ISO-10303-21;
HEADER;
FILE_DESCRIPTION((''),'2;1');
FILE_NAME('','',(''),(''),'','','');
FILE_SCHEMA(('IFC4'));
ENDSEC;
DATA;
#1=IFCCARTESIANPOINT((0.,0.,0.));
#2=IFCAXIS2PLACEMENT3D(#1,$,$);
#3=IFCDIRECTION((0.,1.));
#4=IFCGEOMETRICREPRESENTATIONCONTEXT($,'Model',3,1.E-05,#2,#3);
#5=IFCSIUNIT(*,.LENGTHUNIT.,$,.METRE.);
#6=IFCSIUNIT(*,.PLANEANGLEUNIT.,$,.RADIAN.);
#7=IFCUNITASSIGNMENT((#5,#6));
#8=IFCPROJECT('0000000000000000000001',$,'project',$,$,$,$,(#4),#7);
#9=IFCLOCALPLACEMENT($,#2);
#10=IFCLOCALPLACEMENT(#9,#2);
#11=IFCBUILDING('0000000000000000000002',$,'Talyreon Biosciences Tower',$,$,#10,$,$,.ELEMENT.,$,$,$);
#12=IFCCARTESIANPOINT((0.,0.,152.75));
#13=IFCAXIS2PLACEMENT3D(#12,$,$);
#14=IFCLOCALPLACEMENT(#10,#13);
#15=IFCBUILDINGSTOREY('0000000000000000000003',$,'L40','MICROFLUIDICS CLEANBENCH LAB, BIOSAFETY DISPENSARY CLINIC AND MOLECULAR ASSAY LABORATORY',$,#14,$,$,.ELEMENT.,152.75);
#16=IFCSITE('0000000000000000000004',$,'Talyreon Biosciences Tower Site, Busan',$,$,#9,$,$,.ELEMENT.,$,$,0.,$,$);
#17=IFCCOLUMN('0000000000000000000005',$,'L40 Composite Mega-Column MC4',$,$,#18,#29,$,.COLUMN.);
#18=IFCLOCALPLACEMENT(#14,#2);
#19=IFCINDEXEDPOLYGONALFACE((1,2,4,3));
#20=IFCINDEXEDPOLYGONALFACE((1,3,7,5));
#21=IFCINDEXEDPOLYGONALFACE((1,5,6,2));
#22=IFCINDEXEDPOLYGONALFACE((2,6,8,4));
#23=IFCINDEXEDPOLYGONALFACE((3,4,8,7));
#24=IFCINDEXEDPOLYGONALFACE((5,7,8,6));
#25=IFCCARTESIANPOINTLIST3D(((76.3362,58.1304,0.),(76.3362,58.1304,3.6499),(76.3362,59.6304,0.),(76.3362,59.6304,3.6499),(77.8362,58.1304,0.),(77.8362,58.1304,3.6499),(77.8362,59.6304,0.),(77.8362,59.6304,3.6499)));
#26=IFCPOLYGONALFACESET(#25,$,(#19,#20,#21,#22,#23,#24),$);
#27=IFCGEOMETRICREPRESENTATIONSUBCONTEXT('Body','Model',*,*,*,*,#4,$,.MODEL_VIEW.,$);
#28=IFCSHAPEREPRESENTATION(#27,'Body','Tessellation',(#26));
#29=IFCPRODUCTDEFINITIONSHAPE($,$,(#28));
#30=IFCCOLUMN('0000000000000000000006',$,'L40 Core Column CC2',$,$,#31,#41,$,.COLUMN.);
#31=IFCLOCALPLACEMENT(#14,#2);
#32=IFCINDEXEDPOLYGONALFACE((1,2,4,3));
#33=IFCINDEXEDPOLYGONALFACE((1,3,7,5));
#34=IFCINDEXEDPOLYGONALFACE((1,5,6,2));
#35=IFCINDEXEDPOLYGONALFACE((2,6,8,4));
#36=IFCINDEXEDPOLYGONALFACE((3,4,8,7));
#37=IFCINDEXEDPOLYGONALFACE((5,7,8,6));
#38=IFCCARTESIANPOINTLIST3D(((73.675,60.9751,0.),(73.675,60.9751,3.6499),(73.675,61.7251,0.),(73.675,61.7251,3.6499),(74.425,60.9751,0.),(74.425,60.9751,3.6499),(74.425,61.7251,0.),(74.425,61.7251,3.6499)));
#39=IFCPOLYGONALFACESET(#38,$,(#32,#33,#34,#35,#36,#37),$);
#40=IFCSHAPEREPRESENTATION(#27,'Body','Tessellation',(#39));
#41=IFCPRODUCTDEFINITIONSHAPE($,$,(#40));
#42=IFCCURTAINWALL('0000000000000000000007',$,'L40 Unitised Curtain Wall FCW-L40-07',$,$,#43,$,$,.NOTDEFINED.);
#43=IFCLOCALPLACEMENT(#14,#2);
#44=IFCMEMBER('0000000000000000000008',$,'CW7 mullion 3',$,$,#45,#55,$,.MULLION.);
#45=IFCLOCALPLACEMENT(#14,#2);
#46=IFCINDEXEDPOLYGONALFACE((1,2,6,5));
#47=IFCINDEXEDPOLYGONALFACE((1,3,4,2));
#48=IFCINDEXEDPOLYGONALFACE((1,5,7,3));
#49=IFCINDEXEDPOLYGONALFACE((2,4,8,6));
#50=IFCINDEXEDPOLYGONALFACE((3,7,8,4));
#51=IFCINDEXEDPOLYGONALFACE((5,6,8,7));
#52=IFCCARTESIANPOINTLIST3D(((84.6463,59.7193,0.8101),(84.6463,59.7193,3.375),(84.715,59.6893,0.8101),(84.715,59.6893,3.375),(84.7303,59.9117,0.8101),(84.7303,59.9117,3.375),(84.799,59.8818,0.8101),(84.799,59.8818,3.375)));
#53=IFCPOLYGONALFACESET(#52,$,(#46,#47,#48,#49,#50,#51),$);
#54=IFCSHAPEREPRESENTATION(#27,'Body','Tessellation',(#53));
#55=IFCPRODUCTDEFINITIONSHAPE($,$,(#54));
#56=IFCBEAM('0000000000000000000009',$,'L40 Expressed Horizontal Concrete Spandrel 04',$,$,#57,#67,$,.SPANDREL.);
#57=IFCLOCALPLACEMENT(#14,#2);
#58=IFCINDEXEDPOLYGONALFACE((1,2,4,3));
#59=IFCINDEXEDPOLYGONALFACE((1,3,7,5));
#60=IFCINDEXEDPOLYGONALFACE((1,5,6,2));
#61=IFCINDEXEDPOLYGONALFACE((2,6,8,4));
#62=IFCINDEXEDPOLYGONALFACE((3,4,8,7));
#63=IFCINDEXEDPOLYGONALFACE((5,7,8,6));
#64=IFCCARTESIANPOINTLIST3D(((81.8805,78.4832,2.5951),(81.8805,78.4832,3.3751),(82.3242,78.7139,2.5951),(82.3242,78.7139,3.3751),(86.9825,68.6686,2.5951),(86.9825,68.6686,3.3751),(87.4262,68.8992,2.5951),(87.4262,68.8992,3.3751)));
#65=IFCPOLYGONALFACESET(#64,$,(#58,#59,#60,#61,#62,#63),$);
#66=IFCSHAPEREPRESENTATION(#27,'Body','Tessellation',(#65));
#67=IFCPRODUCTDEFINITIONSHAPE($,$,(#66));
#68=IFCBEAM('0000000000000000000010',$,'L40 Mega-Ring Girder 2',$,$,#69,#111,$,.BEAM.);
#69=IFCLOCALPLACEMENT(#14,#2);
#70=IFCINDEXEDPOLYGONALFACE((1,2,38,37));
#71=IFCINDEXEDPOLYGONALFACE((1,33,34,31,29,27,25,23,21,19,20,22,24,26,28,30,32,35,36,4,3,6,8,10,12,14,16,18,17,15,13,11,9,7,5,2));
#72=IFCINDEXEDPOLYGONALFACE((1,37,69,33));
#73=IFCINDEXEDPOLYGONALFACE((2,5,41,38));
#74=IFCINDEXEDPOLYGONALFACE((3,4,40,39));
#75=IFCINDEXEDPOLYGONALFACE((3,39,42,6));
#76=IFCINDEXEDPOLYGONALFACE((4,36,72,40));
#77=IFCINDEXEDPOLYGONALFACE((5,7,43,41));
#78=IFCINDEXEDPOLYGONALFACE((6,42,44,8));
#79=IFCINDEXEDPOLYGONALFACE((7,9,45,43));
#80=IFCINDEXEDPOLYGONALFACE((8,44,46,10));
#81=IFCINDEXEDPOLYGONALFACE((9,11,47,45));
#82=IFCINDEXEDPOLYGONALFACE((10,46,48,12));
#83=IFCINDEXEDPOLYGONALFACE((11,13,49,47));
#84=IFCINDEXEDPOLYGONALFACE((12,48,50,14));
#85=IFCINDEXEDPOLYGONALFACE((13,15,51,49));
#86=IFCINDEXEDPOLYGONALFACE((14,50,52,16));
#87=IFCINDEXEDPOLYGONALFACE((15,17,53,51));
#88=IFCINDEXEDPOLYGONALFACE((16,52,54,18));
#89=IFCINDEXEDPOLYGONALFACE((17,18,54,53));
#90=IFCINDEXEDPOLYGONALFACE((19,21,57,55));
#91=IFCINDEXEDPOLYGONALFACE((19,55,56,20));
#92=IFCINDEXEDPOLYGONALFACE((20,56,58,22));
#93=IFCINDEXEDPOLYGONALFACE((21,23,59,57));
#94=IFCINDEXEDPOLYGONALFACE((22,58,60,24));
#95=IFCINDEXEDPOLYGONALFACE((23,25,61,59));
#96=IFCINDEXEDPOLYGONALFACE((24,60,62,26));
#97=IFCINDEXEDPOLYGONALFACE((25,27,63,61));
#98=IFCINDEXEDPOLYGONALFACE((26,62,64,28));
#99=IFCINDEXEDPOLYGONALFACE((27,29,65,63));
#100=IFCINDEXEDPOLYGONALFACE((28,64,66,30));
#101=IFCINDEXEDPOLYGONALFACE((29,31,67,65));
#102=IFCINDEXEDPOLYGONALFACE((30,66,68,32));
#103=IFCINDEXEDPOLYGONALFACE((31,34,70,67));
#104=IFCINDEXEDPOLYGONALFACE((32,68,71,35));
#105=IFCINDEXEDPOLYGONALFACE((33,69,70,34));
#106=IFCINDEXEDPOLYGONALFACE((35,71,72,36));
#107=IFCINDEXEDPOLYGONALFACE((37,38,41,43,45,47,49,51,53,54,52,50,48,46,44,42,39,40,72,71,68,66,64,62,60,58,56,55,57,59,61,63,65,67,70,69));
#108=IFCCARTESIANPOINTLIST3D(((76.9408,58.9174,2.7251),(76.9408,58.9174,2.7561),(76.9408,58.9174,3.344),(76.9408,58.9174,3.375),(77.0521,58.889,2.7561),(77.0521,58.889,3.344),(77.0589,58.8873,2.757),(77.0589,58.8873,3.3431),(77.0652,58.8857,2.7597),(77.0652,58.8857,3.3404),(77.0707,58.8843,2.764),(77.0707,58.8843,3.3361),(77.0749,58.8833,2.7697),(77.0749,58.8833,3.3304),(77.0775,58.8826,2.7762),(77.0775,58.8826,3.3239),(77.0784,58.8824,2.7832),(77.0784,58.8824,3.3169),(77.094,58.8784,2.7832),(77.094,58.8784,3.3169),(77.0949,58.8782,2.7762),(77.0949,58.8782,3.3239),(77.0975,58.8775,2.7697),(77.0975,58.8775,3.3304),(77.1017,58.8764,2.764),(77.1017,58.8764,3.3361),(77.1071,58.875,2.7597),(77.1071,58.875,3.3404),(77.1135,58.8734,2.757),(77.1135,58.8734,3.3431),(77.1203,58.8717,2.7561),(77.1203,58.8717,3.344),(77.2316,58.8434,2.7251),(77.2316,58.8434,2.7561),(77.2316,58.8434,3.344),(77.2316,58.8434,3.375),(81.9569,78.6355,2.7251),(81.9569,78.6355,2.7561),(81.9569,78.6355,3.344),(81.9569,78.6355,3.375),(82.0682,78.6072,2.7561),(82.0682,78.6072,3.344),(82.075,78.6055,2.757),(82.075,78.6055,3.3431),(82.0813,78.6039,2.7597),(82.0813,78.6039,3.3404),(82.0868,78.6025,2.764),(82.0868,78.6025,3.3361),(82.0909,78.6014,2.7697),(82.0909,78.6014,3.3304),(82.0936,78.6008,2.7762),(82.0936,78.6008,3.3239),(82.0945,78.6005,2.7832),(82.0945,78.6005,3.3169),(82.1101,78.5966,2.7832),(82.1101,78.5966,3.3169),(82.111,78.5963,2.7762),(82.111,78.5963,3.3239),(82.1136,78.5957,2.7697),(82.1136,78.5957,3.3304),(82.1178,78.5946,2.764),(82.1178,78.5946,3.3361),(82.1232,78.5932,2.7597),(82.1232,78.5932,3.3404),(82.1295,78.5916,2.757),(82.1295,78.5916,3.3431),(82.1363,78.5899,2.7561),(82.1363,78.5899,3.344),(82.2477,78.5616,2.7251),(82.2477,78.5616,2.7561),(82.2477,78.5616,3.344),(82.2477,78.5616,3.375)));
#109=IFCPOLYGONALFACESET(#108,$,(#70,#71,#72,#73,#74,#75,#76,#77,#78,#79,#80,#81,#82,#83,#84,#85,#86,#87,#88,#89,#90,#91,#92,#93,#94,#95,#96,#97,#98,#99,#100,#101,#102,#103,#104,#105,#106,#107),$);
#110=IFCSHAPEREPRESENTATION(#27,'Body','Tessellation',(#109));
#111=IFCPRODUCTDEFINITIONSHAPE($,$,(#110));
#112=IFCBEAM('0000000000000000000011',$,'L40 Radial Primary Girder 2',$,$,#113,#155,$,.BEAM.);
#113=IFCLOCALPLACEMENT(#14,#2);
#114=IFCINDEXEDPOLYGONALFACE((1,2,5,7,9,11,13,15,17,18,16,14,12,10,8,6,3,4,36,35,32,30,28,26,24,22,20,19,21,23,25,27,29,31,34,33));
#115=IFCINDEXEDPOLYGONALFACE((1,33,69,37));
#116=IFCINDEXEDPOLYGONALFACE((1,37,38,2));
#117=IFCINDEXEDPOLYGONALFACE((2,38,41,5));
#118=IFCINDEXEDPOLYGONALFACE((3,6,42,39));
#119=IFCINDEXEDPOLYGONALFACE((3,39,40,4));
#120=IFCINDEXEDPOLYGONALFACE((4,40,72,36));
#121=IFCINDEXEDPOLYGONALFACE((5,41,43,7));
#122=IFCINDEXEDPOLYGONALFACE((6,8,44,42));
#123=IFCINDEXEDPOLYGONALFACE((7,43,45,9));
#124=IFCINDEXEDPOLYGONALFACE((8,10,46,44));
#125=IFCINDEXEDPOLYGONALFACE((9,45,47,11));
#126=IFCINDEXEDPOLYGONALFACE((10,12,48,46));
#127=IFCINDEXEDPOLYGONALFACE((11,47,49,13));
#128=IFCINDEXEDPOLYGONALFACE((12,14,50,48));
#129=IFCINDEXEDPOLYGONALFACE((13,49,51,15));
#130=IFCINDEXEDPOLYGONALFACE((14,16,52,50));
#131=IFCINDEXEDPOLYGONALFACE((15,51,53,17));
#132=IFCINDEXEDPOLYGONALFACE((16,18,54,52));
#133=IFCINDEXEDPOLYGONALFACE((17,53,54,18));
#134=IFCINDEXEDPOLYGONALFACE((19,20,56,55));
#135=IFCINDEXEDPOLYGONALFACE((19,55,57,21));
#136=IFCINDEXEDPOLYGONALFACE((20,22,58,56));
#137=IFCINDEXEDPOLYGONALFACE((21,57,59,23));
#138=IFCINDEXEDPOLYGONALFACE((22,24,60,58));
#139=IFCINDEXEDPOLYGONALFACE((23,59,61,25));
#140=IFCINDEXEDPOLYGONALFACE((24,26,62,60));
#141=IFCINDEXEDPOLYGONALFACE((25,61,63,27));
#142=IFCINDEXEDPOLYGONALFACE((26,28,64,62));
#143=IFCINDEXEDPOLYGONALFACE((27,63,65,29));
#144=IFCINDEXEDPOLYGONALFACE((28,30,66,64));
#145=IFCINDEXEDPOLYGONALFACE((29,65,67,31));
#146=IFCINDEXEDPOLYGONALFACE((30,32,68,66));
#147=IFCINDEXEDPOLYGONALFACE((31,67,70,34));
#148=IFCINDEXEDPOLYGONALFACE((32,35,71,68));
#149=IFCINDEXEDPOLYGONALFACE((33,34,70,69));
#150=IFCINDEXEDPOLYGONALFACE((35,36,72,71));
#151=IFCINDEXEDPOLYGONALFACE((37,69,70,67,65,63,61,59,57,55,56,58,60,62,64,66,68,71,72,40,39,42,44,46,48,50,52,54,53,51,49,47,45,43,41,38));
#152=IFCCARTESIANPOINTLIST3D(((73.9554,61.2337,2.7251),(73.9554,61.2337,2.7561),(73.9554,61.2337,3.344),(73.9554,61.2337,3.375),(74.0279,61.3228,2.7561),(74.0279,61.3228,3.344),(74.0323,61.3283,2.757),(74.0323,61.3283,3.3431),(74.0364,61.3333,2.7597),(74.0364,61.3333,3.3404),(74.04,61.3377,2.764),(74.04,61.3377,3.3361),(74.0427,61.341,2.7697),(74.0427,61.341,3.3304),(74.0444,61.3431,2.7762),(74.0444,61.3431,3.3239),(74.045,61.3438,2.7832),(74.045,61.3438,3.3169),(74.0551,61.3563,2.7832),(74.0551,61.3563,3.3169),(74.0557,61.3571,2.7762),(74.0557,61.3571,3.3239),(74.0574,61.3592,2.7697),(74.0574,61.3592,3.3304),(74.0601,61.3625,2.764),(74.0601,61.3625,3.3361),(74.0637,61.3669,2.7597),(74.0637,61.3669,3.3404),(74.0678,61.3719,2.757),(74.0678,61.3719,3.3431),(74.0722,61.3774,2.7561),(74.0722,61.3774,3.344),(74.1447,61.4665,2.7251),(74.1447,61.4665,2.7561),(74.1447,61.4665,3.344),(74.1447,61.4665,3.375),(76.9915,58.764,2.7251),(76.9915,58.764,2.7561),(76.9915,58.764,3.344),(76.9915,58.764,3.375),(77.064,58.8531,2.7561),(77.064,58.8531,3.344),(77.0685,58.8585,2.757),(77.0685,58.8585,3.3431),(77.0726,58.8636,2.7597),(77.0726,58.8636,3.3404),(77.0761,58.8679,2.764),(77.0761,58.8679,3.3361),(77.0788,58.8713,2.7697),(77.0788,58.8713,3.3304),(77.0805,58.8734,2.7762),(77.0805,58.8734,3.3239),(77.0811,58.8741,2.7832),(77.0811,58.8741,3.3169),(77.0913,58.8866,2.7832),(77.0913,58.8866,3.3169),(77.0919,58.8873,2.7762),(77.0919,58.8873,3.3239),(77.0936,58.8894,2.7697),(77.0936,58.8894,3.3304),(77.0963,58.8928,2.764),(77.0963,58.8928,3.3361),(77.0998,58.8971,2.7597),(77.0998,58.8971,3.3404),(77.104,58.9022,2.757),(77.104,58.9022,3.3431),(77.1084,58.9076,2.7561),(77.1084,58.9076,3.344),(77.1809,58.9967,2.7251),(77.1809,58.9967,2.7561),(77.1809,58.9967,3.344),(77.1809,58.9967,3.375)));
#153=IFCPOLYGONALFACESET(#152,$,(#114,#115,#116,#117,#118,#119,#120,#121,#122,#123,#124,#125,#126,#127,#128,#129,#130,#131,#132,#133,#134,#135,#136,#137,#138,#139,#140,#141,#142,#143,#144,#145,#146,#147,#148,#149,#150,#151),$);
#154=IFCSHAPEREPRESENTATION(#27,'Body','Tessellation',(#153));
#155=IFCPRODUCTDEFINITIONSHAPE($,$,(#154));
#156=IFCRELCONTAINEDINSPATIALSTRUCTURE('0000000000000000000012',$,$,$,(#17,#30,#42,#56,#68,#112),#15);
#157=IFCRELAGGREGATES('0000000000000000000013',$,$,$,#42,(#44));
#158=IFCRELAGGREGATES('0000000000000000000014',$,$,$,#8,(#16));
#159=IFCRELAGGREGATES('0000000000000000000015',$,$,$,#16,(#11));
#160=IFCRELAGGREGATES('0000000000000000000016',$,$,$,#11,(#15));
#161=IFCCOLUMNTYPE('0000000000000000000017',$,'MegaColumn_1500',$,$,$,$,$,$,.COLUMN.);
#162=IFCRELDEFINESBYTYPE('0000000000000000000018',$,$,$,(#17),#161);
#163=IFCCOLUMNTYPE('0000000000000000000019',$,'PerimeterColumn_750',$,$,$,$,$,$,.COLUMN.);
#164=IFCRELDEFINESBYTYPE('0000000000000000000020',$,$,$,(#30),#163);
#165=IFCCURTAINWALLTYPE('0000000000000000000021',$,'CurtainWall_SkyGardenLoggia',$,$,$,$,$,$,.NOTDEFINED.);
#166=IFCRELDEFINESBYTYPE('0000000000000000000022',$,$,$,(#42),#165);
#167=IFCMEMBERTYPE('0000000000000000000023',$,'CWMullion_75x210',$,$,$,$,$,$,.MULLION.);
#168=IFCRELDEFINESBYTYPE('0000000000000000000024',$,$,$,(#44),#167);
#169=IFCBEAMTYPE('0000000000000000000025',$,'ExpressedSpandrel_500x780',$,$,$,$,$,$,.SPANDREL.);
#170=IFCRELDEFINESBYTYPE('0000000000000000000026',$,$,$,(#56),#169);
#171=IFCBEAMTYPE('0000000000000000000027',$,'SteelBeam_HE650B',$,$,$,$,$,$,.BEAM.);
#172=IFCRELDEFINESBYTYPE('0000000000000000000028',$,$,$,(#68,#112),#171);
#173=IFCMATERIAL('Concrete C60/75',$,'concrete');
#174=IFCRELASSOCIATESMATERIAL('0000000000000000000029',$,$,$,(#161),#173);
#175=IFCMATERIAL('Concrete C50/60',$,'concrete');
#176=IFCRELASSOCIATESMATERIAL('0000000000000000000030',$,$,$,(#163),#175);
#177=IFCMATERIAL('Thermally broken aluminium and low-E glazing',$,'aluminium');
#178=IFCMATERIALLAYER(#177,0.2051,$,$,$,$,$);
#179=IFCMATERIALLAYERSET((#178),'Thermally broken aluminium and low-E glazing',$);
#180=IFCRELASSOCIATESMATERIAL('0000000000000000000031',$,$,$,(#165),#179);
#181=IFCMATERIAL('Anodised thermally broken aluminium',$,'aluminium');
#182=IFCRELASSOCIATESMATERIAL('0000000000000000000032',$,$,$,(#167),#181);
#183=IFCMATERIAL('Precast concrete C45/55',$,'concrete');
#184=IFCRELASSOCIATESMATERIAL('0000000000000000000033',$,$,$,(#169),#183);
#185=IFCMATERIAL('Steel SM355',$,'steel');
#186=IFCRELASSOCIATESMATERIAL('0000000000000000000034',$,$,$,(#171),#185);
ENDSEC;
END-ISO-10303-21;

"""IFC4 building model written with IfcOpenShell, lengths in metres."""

from ifc_helpers import new_model, si_unit, direction, frame, origin, origin_2d, place, context, subcontext, project, spatial, rectangle, i_section, extrude, material, layer, layer_set, material_profile, profile_set, type_object, element, aggregate, save


model = new_model("IFC4")

# Units and contexts
model_context = context("Model", 3, precision=1e-05, world=origin(), true_north=direction((0.0, 1.0)))
body_context = subcontext(model_context, "Body", "Model", "MODEL_VIEW")
ifc_project = project(units=[si_unit("LENGTHUNIT", "METRE"), si_unit("PLANEANGLEUNIT", "RADIAN")], contexts=[model_context])

# Site, building, storey
site_placement = place(None, origin())
site = spatial("IfcSite", under=ifc_project, at=site_placement, Name="Talyreon Biosciences Tower Site, Busan", CompositionType="ELEMENT", RefElevation=0.0)
building_placement = place(site_placement, origin())
building = spatial("IfcBuilding", under=site, at=building_placement, Name="Talyreon Biosciences Tower", CompositionType="ELEMENT")
storey_placement = place(building_placement, frame((0.0, 0.0, 152.75)))
storey = spatial("IfcBuildingStorey", under=building, at=storey_placement, Name="L40", Description="MICROFLUIDICS CLEANBENCH LAB, BIOSAFETY DISPENSARY CLINIC AND MOLECULAR ASSAY LABORATORY", CompositionType="ELEMENT", Elevation=152.75)

# Columns
ifc_material_1 = material(Name="Concrete C60/75", Category="concrete")
ifc_material_profile_1 = material_profile(ifc_material_1, rectangle(XDim=1.5, YDim=1.5, at=origin_2d()), Name="RC 1500x1500")
ifc_profile_set_1 = profile_set([ifc_material_profile_1], Name="Concrete C60/75")
column_type_1 = type_object("IfcColumnType", Name="MegaColumn_1500", PredefinedType="COLUMN", material=ifc_profile_set_1)
column_1_placement = place(storey_placement, frame((77.0862, 58.8804, 0.0), z_axis=(0.0, 0.0, 1.0), x_axis=(1.0, 0.0, 0.0)))
element("IfcColumn", 1, at=column_1_placement, inside=storey, type_object=column_type_1, Name="L40 Composite Mega-Column MC4", PredefinedType="COLUMN", context=body_context, shape_type="SweptSolid", body=[
    extrude(rectangle(XDim=1.5, YDim=1.5, at=origin_2d()), origin(), (0.0, 0.0, 1.0), 3.6499),
])
ifc_material_2 = material(Name="Concrete C50/60", Category="concrete")
ifc_material_profile_2 = material_profile(ifc_material_2, rectangle(XDim=0.75, YDim=0.75, at=origin_2d()), Name="RC 750x750")
ifc_profile_set_2 = profile_set([ifc_material_profile_2], Name="Concrete C50/60")
column_type_2 = type_object("IfcColumnType", Name="PerimeterColumn_750", PredefinedType="COLUMN", material=ifc_profile_set_2)
column_2_placement = place(storey_placement, frame((74.05, 61.3501, 0.0), z_axis=(0.0, 0.0, 1.0), x_axis=(1.0, 0.0, 0.0)))
element("IfcColumn", 2, at=column_2_placement, inside=storey, type_object=column_type_2, Name="L40 Core Column CC2", PredefinedType="COLUMN", context=body_context, shape_type="SweptSolid", body=[
    extrude(rectangle(XDim=0.75, YDim=0.75, at=origin_2d()), origin(), (0.0, 0.0, 1.0), 3.6499),
])

# Curtain wall, member
ifc_material_3 = material(Name="Thermally broken aluminium and low-E glazing", Category="aluminium")
ifc_layer_1 = layer(ifc_material_3, 0.2051)
ifc_layer_set_1 = layer_set([ifc_layer_1], Name="Thermally broken aluminium and low-E glazing")
curtain_wall_type = type_object("IfcCurtainWallType", Name="CurtainWall_SkyGardenLoggia", PredefinedType="NOTDEFINED", material=ifc_layer_set_1)
curtain_wall_placement = place(storey_placement, origin())
curtain_wall = element("IfcCurtainWall", 3, at=curtain_wall_placement, inside=storey, type_object=curtain_wall_type, Name="L40 Unitised Curtain Wall FCW-L40-07", PredefinedType="NOTDEFINED")
ifc_material_4 = material(Name="Anodised thermally broken aluminium", Category="aluminium")
ifc_material_profile_3 = material_profile(ifc_material_4, rectangle(XDim=0.075, YDim=0.21, at=origin_2d()), Name="ALUM MULLION 75x210")
ifc_profile_set_3 = profile_set([ifc_material_profile_3], Name="Anodised thermally broken aluminium")
member_type = type_object("IfcMemberType", Name="CWMullion_75x210", PredefinedType="MULLION", material=ifc_profile_set_3)
member_placement = place(storey_placement, frame((84.7227, 59.8005, 0.8101), z_axis=(0.0, 0.0, 1.0), x_axis=(0.916647, -0.399698, 0.0)))
member = element("IfcMember", 4, at=member_placement, type_object=member_type, Name="CW7 mullion 3", PredefinedType="MULLION", context=body_context, shape_type="SweptSolid", body=[
    extrude(rectangle(XDim=0.075, YDim=0.21, at=origin_2d()), origin(), (0.0, 0.0, 1.0), 2.5649),
])

# Beams
ifc_material_5 = material(Name="Precast concrete C45/55", Category="concrete")
ifc_material_profile_4 = material_profile(ifc_material_5, rectangle(XDim=0.5, YDim=0.78, at=origin_2d()), Name="RCB 500x780")
ifc_profile_set_4 = profile_set([ifc_material_profile_4], Name="Precast concrete C45/55")
beam_type_1 = type_object("IfcBeamType", Name="ExpressedSpandrel_500x780", PredefinedType="SPANDREL", material=ifc_profile_set_4)
beam_1_placement = place(storey_placement, frame((87.2043, 68.7839, 2.9851), z_axis=(-0.461239, 0.887276, 0.0), x_axis=(-0.887276, -0.461239, 0.0)))
element("IfcBeam", 5, at=beam_1_placement, inside=storey, type_object=beam_type_1, Name="L40 Expressed Horizontal Concrete Spandrel 04", PredefinedType="SPANDREL", context=body_context, shape_type="SweptSolid", body=[
    extrude(rectangle(XDim=0.5, YDim=0.78, at=origin_2d()), origin(), (0.0, 0.0, 1.0), 11.0615),
])
ifc_material_6 = material(Name="Steel SM355", Category="steel")
ifc_material_profile_5 = material_profile(ifc_material_6, i_section(OverallWidth=0.3, OverallDepth=0.6499, WebThickness=0.0161, FlangeThickness=0.031, FilletRadius=0.0271, at=origin_2d()), Name="HE650B")
ifc_profile_set_5 = profile_set([ifc_material_profile_5], Name="Steel SM355")
beam_type_2 = type_object("IfcBeamType", Name="SteelBeam_HE650B", PredefinedType="BEAM", material=ifc_profile_set_5)
beam_2_placement = place(storey_placement, frame((77.0862, 58.8804, 3.05), z_axis=(0.246537, 0.969133, 0.0), x_axis=(-0.969133, 0.246537, 0.0)))
element("IfcBeam", 6, at=beam_2_placement, inside=storey, type_object=beam_type_2, Name="L40 Mega-Ring Girder 2", PredefinedType="BEAM", context=body_context, shape_type="SweptSolid", body=[
    extrude(i_section(OverallWidth=0.3, OverallDepth=0.6499, WebThickness=0.0161, FlangeThickness=0.031, FilletRadius=0.0271, at=origin_2d()), origin(), (0.0, 0.0, 1.0), 20.3462),
])
beam_3_placement = place(storey_placement, frame((74.05, 61.3501, 3.05), z_axis=(0.775755, -0.631034, 0.0), x_axis=(0.631034, 0.775755, 0.0)))
element("IfcBeam", 7, at=beam_3_placement, inside=storey, type_object=beam_type_2, Name="L40 Radial Primary Girder 2", PredefinedType="BEAM", context=body_context, shape_type="SweptSolid", body=[
    extrude(i_section(OverallWidth=0.3, OverallDepth=0.6499, WebThickness=0.0161, FlangeThickness=0.031, FilletRadius=0.0271, at=origin_2d()), origin(), (0.0, 0.0, 1.0), 3.9138),
])

aggregate(curtain_wall, [member])

save(model, "model.ifc")
